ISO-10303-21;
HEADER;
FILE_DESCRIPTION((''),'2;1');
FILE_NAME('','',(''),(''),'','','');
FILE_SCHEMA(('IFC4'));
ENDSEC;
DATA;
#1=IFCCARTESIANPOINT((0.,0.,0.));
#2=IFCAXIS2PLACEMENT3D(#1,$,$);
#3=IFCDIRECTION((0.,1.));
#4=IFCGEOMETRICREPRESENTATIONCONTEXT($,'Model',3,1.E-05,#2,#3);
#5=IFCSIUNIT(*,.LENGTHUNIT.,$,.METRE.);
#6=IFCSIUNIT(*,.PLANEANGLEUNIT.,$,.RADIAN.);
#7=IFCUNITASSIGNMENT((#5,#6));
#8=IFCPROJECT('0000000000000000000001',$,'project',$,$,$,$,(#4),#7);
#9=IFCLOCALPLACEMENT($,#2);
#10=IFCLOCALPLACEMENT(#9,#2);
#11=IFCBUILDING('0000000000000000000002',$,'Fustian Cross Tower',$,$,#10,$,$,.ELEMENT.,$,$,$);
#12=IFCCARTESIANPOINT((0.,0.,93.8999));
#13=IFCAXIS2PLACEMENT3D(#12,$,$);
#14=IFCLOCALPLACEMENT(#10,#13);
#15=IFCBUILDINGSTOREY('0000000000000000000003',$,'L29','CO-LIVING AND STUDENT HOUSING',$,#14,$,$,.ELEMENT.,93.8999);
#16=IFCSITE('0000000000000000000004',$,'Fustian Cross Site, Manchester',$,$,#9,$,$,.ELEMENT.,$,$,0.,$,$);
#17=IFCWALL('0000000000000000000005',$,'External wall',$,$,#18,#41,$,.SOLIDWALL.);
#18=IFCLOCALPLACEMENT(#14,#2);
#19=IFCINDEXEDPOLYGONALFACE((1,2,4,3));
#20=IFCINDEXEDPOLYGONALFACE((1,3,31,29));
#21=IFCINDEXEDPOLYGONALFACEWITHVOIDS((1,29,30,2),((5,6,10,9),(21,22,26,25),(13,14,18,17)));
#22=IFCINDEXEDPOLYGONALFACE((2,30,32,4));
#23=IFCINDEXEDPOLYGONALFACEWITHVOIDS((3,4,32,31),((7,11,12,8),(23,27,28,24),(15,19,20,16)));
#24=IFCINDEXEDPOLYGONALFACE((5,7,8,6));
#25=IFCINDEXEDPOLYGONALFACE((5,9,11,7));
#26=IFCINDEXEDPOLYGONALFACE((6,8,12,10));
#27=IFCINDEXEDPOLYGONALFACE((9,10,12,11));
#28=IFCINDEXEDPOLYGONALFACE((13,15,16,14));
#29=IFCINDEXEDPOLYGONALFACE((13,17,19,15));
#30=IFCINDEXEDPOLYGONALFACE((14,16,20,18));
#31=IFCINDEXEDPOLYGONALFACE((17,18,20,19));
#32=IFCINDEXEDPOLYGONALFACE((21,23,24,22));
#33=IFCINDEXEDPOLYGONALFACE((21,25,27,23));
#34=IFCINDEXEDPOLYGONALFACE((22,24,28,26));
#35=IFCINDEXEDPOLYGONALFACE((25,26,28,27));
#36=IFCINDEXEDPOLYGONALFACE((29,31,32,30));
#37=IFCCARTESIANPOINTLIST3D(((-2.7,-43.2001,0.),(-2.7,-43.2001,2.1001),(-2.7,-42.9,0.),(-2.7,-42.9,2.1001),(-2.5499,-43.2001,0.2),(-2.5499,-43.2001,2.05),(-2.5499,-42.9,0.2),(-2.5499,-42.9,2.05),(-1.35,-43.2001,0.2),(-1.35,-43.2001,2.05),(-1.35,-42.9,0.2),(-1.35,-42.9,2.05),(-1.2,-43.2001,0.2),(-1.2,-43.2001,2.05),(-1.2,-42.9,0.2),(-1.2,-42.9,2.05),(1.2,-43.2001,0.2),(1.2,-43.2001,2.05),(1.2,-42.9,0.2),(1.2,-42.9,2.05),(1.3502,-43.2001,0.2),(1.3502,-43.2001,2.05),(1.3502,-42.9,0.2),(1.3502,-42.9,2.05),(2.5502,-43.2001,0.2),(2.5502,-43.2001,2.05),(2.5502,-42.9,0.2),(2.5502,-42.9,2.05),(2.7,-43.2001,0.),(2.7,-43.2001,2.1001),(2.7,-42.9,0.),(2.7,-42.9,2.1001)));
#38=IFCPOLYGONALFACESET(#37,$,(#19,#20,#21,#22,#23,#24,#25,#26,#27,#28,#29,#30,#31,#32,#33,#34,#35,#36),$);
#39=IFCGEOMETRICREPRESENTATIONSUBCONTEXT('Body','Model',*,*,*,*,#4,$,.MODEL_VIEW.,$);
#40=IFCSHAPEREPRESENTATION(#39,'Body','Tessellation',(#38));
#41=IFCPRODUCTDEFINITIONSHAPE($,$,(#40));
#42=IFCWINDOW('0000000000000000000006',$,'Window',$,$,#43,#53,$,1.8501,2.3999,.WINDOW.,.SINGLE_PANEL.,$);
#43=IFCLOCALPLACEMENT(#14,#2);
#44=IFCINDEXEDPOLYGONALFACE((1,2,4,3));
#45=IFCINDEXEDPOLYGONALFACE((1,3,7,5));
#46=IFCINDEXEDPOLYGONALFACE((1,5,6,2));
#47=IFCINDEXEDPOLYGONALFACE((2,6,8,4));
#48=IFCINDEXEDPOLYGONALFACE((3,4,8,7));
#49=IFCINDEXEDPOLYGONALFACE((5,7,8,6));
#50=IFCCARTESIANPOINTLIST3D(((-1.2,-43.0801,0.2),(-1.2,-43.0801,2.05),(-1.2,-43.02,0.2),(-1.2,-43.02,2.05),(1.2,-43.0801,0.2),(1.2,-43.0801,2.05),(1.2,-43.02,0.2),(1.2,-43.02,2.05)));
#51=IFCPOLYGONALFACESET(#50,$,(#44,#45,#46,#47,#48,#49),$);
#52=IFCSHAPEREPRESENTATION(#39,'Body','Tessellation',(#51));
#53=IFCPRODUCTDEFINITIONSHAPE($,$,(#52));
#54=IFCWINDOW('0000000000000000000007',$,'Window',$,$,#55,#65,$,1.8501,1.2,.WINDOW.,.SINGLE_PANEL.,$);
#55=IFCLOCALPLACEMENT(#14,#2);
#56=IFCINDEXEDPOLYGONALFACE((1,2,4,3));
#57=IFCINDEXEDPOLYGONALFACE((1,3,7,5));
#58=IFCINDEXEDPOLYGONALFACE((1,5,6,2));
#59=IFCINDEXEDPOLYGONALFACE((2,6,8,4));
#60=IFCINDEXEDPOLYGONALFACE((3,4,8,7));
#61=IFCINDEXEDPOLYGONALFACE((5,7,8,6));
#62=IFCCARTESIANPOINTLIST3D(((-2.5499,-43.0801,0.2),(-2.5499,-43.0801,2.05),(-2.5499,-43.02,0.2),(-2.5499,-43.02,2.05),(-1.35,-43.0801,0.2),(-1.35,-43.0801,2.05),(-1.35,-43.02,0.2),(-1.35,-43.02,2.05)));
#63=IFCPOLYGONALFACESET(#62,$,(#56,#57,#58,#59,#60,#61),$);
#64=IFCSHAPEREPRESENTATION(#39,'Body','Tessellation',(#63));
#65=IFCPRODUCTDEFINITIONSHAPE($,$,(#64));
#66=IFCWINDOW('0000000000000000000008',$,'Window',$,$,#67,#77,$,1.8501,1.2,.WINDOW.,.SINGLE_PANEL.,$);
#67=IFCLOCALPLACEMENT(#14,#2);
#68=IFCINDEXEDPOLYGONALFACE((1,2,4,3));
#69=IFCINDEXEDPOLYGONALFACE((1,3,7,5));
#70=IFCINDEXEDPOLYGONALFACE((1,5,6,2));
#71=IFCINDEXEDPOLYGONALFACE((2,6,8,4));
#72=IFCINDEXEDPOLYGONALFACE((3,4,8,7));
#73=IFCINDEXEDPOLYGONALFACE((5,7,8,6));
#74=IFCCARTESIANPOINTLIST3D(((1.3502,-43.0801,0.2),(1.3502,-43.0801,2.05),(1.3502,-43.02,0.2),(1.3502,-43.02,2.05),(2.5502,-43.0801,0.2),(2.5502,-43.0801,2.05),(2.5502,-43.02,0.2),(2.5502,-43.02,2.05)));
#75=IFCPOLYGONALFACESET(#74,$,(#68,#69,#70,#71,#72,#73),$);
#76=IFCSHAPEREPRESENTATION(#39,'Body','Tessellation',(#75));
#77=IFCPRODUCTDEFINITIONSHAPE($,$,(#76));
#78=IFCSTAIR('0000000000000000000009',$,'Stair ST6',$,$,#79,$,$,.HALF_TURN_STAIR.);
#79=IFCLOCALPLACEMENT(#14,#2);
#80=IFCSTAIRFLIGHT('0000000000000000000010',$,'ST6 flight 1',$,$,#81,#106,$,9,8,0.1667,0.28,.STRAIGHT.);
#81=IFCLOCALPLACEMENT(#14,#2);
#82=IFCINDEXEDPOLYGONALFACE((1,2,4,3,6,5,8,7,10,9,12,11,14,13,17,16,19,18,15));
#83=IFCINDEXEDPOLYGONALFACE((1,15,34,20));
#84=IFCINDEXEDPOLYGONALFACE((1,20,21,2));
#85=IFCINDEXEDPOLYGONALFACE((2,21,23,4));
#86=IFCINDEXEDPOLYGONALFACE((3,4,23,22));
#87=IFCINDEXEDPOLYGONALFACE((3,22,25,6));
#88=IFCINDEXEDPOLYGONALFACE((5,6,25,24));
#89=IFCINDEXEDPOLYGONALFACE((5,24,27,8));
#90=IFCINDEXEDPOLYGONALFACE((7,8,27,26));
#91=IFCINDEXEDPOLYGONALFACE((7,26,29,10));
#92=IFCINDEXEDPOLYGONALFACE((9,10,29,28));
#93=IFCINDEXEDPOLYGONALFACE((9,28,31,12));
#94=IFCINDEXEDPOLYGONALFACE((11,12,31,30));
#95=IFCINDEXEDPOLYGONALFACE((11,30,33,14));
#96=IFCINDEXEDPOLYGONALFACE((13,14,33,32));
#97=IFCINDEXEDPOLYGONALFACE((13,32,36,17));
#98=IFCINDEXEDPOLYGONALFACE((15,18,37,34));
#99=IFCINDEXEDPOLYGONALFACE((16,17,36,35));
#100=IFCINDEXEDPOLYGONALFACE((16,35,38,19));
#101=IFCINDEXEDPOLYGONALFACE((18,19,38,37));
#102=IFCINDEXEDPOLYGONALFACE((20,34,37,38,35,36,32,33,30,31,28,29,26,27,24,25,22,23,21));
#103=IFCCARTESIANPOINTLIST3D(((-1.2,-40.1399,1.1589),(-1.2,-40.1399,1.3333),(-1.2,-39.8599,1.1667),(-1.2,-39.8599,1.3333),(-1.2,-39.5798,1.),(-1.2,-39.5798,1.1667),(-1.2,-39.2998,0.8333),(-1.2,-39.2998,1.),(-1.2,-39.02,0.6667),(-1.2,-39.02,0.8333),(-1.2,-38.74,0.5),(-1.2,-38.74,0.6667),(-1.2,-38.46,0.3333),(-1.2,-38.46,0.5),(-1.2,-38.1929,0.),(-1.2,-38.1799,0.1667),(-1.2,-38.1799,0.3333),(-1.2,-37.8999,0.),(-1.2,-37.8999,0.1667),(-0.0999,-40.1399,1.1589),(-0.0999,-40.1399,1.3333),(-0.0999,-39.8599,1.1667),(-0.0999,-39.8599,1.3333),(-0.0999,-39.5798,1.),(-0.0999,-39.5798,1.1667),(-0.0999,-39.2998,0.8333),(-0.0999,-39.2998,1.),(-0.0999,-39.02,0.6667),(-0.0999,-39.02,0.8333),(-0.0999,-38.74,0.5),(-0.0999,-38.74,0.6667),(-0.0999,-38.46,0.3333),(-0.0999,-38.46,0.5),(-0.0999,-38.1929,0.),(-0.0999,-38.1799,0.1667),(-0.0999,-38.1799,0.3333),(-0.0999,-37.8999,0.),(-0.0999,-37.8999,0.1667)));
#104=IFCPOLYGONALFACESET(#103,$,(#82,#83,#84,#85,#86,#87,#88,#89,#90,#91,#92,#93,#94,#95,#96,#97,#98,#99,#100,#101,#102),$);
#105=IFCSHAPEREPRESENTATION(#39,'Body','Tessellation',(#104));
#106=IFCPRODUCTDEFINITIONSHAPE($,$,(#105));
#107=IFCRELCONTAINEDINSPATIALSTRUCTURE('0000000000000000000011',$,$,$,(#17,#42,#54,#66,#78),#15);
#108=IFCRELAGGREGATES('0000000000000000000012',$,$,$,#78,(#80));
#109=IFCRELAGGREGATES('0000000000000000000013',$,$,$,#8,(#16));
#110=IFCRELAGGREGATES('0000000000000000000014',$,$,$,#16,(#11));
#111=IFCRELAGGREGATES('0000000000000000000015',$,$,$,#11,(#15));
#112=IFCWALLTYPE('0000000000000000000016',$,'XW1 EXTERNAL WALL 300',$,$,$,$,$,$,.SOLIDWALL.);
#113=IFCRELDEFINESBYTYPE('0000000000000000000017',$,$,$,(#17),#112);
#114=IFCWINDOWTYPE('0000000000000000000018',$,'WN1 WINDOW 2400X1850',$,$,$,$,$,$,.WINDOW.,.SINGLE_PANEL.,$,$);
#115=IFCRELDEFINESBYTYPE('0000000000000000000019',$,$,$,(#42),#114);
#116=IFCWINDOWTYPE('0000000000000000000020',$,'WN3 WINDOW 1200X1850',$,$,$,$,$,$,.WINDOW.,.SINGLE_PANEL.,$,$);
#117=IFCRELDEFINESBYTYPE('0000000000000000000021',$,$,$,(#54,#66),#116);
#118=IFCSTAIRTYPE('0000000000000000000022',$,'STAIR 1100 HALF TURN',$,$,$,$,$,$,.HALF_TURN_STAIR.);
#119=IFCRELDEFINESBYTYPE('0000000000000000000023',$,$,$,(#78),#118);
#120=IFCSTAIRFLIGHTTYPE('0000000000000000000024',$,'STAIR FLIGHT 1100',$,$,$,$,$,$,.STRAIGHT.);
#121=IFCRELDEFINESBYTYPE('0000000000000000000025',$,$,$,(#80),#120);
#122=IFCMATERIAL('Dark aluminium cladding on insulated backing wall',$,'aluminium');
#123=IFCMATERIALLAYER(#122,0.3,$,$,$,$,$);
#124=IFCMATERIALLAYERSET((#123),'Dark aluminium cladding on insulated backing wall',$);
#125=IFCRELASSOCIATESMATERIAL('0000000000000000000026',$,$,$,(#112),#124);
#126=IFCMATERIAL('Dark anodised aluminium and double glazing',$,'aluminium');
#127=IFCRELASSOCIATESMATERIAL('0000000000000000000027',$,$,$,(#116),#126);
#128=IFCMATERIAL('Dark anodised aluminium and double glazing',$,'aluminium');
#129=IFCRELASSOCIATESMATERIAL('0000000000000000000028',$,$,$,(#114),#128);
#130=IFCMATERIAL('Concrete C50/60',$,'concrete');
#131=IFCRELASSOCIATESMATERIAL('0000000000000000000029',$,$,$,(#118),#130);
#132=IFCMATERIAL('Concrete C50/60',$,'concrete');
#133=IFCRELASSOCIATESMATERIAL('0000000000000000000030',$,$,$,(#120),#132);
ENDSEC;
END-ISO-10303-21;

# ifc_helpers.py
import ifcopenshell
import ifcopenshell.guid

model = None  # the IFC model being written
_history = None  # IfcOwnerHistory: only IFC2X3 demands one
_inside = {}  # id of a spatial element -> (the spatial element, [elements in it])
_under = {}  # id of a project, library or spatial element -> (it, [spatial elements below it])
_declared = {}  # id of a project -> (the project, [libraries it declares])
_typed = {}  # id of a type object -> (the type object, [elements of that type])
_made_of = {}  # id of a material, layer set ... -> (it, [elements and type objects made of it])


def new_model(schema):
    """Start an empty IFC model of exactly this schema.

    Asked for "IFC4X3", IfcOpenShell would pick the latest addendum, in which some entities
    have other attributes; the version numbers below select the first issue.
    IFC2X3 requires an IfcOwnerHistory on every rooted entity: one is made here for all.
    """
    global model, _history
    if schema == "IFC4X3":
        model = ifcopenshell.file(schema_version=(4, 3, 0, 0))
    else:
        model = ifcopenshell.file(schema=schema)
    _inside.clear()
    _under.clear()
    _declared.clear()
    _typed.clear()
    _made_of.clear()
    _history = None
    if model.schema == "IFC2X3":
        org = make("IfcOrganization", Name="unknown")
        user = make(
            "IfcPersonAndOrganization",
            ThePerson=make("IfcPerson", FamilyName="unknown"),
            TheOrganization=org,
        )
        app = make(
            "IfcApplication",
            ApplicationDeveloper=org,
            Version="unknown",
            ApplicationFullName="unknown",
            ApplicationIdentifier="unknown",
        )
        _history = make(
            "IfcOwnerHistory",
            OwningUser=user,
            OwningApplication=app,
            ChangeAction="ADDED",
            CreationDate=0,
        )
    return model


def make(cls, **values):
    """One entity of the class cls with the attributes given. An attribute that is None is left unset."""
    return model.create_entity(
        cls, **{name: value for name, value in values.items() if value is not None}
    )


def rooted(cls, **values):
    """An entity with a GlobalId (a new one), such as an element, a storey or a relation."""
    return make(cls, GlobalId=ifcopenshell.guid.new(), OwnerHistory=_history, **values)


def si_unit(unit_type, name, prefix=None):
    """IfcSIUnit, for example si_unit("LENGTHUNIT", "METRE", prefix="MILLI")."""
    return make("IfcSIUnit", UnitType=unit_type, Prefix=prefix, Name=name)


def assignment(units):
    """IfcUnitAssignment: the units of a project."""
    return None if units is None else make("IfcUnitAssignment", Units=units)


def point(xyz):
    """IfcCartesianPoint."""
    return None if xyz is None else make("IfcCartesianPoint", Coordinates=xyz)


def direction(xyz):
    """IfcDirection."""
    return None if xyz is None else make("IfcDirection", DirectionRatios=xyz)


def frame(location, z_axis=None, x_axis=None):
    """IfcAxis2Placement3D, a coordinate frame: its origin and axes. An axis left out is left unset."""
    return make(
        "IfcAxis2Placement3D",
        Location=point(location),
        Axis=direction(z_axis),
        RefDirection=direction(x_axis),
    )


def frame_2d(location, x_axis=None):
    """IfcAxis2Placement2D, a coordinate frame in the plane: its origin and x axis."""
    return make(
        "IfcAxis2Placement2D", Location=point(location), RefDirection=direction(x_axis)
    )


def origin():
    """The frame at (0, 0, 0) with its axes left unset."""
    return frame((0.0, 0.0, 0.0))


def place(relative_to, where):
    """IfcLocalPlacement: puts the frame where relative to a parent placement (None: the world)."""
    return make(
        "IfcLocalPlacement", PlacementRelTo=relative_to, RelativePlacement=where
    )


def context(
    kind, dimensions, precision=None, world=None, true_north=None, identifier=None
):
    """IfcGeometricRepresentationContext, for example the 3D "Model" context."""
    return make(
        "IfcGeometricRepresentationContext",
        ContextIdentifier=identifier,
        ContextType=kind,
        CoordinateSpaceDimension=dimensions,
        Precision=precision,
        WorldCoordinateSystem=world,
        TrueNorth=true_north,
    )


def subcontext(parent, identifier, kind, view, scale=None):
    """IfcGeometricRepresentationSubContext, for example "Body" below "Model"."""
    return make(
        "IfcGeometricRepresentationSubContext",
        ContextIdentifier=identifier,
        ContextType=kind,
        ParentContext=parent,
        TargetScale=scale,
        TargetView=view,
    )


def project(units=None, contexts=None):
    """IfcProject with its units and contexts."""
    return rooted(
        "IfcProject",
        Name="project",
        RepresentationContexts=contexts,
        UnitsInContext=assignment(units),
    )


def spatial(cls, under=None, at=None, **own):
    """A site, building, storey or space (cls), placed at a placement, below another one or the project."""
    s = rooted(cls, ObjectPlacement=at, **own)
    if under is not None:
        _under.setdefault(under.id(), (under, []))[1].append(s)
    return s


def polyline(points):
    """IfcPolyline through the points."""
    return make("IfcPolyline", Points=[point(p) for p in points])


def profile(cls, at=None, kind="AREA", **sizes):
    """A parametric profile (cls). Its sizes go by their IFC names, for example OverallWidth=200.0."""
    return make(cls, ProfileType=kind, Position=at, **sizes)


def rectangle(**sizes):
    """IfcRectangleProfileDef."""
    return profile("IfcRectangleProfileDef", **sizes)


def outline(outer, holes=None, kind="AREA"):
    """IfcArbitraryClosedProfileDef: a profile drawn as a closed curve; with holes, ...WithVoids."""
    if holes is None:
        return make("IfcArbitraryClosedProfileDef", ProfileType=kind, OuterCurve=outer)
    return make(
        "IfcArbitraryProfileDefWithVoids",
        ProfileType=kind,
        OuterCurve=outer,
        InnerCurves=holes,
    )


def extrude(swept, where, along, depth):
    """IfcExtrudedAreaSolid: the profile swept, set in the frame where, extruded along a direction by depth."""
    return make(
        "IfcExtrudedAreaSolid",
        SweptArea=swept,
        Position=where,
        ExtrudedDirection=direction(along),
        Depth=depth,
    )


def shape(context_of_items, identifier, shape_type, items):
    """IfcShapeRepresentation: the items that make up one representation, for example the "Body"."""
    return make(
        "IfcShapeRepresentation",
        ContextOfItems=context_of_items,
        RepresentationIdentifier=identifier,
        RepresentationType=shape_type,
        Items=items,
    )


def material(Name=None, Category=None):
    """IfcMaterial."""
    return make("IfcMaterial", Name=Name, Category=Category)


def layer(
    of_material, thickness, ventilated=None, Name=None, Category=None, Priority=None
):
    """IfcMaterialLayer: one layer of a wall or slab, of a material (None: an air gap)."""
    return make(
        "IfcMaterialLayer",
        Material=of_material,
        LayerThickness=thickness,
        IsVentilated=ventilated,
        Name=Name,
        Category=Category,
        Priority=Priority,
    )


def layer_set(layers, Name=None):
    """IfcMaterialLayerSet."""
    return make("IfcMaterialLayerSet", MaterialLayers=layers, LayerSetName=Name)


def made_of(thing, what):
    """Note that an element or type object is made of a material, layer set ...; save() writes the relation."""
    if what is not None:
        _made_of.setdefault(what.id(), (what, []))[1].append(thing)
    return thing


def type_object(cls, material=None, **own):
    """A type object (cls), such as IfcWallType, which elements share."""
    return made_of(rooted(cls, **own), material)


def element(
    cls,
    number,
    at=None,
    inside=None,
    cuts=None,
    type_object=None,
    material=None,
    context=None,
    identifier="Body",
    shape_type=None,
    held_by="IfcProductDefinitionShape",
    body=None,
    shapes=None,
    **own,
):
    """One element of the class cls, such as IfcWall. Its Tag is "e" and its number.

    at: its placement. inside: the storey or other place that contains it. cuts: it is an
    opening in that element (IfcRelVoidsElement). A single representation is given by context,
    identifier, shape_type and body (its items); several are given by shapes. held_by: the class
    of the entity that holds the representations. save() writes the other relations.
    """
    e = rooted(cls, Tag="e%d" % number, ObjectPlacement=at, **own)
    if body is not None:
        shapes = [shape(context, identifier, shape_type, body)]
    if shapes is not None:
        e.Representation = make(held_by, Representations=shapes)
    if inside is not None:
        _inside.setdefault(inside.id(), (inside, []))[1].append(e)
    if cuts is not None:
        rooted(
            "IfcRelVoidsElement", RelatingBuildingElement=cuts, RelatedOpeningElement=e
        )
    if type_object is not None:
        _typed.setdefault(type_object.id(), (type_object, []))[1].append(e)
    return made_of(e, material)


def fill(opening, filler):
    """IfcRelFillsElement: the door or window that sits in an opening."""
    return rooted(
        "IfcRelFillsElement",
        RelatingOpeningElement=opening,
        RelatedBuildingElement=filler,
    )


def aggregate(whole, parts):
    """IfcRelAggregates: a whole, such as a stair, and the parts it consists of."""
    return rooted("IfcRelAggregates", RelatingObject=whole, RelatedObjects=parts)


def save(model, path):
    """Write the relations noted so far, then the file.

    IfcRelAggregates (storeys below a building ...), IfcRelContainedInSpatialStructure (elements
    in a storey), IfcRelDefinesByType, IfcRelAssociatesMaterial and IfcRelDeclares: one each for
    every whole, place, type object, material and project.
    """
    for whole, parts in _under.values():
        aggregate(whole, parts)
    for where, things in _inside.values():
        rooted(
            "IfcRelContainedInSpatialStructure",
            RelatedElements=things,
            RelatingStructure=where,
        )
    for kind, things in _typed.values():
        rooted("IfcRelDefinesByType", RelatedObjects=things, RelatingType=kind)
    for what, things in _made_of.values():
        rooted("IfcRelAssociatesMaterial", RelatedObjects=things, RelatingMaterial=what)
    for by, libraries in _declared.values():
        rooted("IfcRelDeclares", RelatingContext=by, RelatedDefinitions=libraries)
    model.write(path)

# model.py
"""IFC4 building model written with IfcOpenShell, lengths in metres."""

from ifc_helpers import new_model, si_unit, direction, frame, frame_2d, origin, place, context, subcontext, project, spatial, polyline, rectangle, outline, extrude, material, layer, layer_set, type_object, element, fill, aggregate, save


model = new_model("IFC4")

# Units and contexts
model_context = context("Model", 3, precision=1e-05, world=origin(), true_north=direction((0.0, 1.0)))
body_context = subcontext(model_context, "Body", "Model", "MODEL_VIEW")
ifc_project = project(units=[si_unit("LENGTHUNIT", "METRE"), si_unit("PLANEANGLEUNIT", "RADIAN")], contexts=[model_context])

# Site, building, storey
site_placement = place(None, origin())
site = spatial("IfcSite", under=ifc_project, at=site_placement, Name="Fustian Cross Site, Manchester", CompositionType="ELEMENT", RefElevation=0.0)
building_placement = place(site_placement, origin())
building = spatial("IfcBuilding", under=site, at=building_placement, Name="Fustian Cross Tower", CompositionType="ELEMENT")
storey_placement = place(building_placement, frame((0.0, 0.0, 93.8999)))
storey = spatial("IfcBuildingStorey", under=building, at=storey_placement, Name="L29", Description="CO-LIVING AND STUDENT HOUSING", CompositionType="ELEMENT", Elevation=93.8999)

# Shared definitions
ifc_material_1 = material(Name="Dark aluminium cladding on insulated backing wall", Category="aluminium")
ifc_layer_1 = layer(ifc_material_1, 0.3)
ifc_layer_set_1 = layer_set([ifc_layer_1], Name="Dark aluminium cladding on insulated backing wall")
wall_type_1 = type_object("IfcWallType", Name="XW1 EXTERNAL WALL 300", PredefinedType="SOLIDWALL", material=ifc_layer_set_1)

# Shared definitions
ifc_material_2 = material(Name="Dark anodised aluminium and double glazing", Category="aluminium")
window_type_1 = type_object("IfcWindowType", Name="WN3 WINDOW 1200X1850", PartitioningType="SINGLE_PANEL", PredefinedType="WINDOW", material=ifc_material_2)

# Wall, openings, windows
wall_1_placement = place(storey_placement, frame((-2.7, -43.05, 0.0), z_axis=(0.0, 0.0, 1.0), x_axis=(1.0, 0.0, 0.0)))
wall_1 = element("IfcWall", 1, at=wall_1_placement, inside=storey, type_object=wall_type_1, Name="External wall", PredefinedType="SOLIDWALL", context=body_context, shape_type="SweptSolid", body=[
    extrude(rectangle(XDim=5.3999, YDim=0.3, at=frame_2d((2.7, 0.0))), origin(), (0.0, 0.0, 1.0), 2.1001),
])
opening_1_placement = place(wall_1_placement, frame((1.5, 0.0, 0.2)))
opening_1 = element("IfcOpeningElement", 2, at=opening_1_placement, cuts=wall_1, PredefinedType="OPENING", context=body_context, shape_type="SweptSolid", body=[
    extrude(rectangle(XDim=2.3999, YDim=1.8501, at=frame_2d((1.2, 0.925))), frame((0.0, 0.1599, 0.0), z_axis=(0.0, -1.0, 0.0), x_axis=(1.0, 0.0, 0.0)), (0.0, 0.0, 1.0), 0.3201),
])
opening_2_placement = place(wall_1_placement, frame((0.1499, 0.0, 0.2)))
opening_2 = element("IfcOpeningElement", 3, at=opening_2_placement, cuts=wall_1, PredefinedType="OPENING", context=body_context, shape_type="SweptSolid", body=[
    extrude(rectangle(XDim=1.2, YDim=1.8501, at=frame_2d((0.6001, 0.925))), frame((0.0, 0.1599, 0.0), z_axis=(0.0, -1.0, 0.0), x_axis=(1.0, 0.0, 0.0)), (0.0, 0.0, 1.0), 0.3201),
])
opening_3_placement = place(wall_1_placement, frame((4.05, 0.0, 0.2)))
opening_3 = element("IfcOpeningElement", 4, at=opening_3_placement, cuts=wall_1, PredefinedType="OPENING", context=body_context, shape_type="SweptSolid", body=[
    extrude(rectangle(XDim=1.2, YDim=1.8501, at=frame_2d((0.6001, 0.925))), frame((0.0, 0.1599, 0.0), z_axis=(0.0, -1.0, 0.0), x_axis=(1.0, 0.0, 0.0)), (0.0, 0.0, 1.0), 0.3201),
])
ifc_material_3 = material(Name="Dark anodised aluminium and double glazing", Category="aluminium")
window_type_2 = type_object("IfcWindowType", Name="WN1 WINDOW 2400X1850", PartitioningType="SINGLE_PANEL", PredefinedType="WINDOW", material=ifc_material_3)
window_1_placement = place(opening_1_placement, origin())
window_1 = element("IfcWindow", 5, at=window_1_placement, inside=storey, type_object=window_type_2, Name="Window", OverallHeight=1.8501, OverallWidth=2.3999, PartitioningType="SINGLE_PANEL", PredefinedType="WINDOW", context=body_context, shape_type="SweptSolid", body=[
    extrude(rectangle(XDim=2.3999, YDim=1.8501, at=frame_2d((1.2, 0.925))), frame((0.0, 0.03, 0.0), z_axis=(0.0, -1.0, 0.0), x_axis=(1.0, 0.0, 0.0)), (0.0, 0.0, 1.0), 0.0601),
])
fill(opening_1, window_1)
window_2_placement = place(opening_2_placement, origin())
window_2 = element("IfcWindow", 6, at=window_2_placement, inside=storey, type_object=window_type_1, Name="Window", OverallHeight=1.8501, OverallWidth=1.2, PartitioningType="SINGLE_PANEL", PredefinedType="WINDOW", context=body_context, shape_type="SweptSolid", body=[
    extrude(rectangle(XDim=1.2, YDim=1.8501, at=frame_2d((0.6001, 0.925))), frame((0.0, 0.03, 0.0), z_axis=(0.0, -1.0, 0.0), x_axis=(1.0, 0.0, 0.0)), (0.0, 0.0, 1.0), 0.0601),
])
fill(opening_2, window_2)
window_3_placement = place(opening_3_placement, origin())
window_3 = element("IfcWindow", 7, at=window_3_placement, inside=storey, type_object=window_type_1, Name="Window", OverallHeight=1.8501, OverallWidth=1.2, PartitioningType="SINGLE_PANEL", PredefinedType="WINDOW", context=body_context, shape_type="SweptSolid", body=[
    extrude(rectangle(XDim=1.2, YDim=1.8501, at=frame_2d((0.6001, 0.925))), frame((0.0, 0.03, 0.0), z_axis=(0.0, -1.0, 0.0), x_axis=(1.0, 0.0, 0.0)), (0.0, 0.0, 1.0), 0.0601),
])
fill(opening_3, window_3)

# Stair, stair flight
ifc_material_4 = material(Name="Concrete C50/60", Category="concrete")
stair_type = type_object("IfcStairType", Name="STAIR 1100 HALF TURN", PredefinedType="HALF_TURN_STAIR", material=ifc_material_4)
stair_placement = place(storey_placement, origin())
stair = element("IfcStair", 8, at=stair_placement, inside=storey, type_object=stair_type, Name="Stair ST6", PredefinedType="HALF_TURN_STAIR")
ifc_material_5 = material(Name="Concrete C50/60", Category="concrete")
stair_flight_type = type_object("IfcStairFlightType", Name="STAIR FLIGHT 1100", PredefinedType="STRAIGHT", material=ifc_material_5)
stair_flight_placement = place(storey_placement, frame((-0.6499, -37.8999, 0.0), z_axis=(0.0, 0.0, 1.0), x_axis=(0.0, -1.0, 0.0)))
stair_flight = element("IfcStairFlight", 9, at=stair_flight_placement, type_object=stair_flight_type, Name="ST6 flight 1", NumberOfRisers=9, NumberOfTreads=8, PredefinedType="STRAIGHT", RiserHeight=0.1667, TreadLength=0.28, context=body_context, shape_type="SweptSolid", body=[
    extrude(outline(polyline([(0.0, 0.0), (0.0, 0.1667), (0.28, 0.1667), (0.28, 0.3333), (0.5601, 0.3333), (0.5601, 0.5), (0.8401, 0.5), (0.8401, 0.6667), (1.1201, 0.6667), (1.1201, 0.8333), (1.3999, 0.8333), (1.3999, 1.0), (1.6799, 1.0), (1.6799, 1.1667), (1.96, 1.1667), (1.96, 1.3333), (2.24, 1.3333), (2.24, 1.5), (2.24, 1.1589), (0.293, 0.0), (0.0, 0.0)])), frame((0.0, 0.55, 0.0), z_axis=(0.0, -1.0, 0.0), x_axis=(1.0, 0.0, 0.0)), (0.0, 0.0, 1.0), 1.1001),
])
aggregate(stair, [stair_flight])

save(model, "model.ifc")
